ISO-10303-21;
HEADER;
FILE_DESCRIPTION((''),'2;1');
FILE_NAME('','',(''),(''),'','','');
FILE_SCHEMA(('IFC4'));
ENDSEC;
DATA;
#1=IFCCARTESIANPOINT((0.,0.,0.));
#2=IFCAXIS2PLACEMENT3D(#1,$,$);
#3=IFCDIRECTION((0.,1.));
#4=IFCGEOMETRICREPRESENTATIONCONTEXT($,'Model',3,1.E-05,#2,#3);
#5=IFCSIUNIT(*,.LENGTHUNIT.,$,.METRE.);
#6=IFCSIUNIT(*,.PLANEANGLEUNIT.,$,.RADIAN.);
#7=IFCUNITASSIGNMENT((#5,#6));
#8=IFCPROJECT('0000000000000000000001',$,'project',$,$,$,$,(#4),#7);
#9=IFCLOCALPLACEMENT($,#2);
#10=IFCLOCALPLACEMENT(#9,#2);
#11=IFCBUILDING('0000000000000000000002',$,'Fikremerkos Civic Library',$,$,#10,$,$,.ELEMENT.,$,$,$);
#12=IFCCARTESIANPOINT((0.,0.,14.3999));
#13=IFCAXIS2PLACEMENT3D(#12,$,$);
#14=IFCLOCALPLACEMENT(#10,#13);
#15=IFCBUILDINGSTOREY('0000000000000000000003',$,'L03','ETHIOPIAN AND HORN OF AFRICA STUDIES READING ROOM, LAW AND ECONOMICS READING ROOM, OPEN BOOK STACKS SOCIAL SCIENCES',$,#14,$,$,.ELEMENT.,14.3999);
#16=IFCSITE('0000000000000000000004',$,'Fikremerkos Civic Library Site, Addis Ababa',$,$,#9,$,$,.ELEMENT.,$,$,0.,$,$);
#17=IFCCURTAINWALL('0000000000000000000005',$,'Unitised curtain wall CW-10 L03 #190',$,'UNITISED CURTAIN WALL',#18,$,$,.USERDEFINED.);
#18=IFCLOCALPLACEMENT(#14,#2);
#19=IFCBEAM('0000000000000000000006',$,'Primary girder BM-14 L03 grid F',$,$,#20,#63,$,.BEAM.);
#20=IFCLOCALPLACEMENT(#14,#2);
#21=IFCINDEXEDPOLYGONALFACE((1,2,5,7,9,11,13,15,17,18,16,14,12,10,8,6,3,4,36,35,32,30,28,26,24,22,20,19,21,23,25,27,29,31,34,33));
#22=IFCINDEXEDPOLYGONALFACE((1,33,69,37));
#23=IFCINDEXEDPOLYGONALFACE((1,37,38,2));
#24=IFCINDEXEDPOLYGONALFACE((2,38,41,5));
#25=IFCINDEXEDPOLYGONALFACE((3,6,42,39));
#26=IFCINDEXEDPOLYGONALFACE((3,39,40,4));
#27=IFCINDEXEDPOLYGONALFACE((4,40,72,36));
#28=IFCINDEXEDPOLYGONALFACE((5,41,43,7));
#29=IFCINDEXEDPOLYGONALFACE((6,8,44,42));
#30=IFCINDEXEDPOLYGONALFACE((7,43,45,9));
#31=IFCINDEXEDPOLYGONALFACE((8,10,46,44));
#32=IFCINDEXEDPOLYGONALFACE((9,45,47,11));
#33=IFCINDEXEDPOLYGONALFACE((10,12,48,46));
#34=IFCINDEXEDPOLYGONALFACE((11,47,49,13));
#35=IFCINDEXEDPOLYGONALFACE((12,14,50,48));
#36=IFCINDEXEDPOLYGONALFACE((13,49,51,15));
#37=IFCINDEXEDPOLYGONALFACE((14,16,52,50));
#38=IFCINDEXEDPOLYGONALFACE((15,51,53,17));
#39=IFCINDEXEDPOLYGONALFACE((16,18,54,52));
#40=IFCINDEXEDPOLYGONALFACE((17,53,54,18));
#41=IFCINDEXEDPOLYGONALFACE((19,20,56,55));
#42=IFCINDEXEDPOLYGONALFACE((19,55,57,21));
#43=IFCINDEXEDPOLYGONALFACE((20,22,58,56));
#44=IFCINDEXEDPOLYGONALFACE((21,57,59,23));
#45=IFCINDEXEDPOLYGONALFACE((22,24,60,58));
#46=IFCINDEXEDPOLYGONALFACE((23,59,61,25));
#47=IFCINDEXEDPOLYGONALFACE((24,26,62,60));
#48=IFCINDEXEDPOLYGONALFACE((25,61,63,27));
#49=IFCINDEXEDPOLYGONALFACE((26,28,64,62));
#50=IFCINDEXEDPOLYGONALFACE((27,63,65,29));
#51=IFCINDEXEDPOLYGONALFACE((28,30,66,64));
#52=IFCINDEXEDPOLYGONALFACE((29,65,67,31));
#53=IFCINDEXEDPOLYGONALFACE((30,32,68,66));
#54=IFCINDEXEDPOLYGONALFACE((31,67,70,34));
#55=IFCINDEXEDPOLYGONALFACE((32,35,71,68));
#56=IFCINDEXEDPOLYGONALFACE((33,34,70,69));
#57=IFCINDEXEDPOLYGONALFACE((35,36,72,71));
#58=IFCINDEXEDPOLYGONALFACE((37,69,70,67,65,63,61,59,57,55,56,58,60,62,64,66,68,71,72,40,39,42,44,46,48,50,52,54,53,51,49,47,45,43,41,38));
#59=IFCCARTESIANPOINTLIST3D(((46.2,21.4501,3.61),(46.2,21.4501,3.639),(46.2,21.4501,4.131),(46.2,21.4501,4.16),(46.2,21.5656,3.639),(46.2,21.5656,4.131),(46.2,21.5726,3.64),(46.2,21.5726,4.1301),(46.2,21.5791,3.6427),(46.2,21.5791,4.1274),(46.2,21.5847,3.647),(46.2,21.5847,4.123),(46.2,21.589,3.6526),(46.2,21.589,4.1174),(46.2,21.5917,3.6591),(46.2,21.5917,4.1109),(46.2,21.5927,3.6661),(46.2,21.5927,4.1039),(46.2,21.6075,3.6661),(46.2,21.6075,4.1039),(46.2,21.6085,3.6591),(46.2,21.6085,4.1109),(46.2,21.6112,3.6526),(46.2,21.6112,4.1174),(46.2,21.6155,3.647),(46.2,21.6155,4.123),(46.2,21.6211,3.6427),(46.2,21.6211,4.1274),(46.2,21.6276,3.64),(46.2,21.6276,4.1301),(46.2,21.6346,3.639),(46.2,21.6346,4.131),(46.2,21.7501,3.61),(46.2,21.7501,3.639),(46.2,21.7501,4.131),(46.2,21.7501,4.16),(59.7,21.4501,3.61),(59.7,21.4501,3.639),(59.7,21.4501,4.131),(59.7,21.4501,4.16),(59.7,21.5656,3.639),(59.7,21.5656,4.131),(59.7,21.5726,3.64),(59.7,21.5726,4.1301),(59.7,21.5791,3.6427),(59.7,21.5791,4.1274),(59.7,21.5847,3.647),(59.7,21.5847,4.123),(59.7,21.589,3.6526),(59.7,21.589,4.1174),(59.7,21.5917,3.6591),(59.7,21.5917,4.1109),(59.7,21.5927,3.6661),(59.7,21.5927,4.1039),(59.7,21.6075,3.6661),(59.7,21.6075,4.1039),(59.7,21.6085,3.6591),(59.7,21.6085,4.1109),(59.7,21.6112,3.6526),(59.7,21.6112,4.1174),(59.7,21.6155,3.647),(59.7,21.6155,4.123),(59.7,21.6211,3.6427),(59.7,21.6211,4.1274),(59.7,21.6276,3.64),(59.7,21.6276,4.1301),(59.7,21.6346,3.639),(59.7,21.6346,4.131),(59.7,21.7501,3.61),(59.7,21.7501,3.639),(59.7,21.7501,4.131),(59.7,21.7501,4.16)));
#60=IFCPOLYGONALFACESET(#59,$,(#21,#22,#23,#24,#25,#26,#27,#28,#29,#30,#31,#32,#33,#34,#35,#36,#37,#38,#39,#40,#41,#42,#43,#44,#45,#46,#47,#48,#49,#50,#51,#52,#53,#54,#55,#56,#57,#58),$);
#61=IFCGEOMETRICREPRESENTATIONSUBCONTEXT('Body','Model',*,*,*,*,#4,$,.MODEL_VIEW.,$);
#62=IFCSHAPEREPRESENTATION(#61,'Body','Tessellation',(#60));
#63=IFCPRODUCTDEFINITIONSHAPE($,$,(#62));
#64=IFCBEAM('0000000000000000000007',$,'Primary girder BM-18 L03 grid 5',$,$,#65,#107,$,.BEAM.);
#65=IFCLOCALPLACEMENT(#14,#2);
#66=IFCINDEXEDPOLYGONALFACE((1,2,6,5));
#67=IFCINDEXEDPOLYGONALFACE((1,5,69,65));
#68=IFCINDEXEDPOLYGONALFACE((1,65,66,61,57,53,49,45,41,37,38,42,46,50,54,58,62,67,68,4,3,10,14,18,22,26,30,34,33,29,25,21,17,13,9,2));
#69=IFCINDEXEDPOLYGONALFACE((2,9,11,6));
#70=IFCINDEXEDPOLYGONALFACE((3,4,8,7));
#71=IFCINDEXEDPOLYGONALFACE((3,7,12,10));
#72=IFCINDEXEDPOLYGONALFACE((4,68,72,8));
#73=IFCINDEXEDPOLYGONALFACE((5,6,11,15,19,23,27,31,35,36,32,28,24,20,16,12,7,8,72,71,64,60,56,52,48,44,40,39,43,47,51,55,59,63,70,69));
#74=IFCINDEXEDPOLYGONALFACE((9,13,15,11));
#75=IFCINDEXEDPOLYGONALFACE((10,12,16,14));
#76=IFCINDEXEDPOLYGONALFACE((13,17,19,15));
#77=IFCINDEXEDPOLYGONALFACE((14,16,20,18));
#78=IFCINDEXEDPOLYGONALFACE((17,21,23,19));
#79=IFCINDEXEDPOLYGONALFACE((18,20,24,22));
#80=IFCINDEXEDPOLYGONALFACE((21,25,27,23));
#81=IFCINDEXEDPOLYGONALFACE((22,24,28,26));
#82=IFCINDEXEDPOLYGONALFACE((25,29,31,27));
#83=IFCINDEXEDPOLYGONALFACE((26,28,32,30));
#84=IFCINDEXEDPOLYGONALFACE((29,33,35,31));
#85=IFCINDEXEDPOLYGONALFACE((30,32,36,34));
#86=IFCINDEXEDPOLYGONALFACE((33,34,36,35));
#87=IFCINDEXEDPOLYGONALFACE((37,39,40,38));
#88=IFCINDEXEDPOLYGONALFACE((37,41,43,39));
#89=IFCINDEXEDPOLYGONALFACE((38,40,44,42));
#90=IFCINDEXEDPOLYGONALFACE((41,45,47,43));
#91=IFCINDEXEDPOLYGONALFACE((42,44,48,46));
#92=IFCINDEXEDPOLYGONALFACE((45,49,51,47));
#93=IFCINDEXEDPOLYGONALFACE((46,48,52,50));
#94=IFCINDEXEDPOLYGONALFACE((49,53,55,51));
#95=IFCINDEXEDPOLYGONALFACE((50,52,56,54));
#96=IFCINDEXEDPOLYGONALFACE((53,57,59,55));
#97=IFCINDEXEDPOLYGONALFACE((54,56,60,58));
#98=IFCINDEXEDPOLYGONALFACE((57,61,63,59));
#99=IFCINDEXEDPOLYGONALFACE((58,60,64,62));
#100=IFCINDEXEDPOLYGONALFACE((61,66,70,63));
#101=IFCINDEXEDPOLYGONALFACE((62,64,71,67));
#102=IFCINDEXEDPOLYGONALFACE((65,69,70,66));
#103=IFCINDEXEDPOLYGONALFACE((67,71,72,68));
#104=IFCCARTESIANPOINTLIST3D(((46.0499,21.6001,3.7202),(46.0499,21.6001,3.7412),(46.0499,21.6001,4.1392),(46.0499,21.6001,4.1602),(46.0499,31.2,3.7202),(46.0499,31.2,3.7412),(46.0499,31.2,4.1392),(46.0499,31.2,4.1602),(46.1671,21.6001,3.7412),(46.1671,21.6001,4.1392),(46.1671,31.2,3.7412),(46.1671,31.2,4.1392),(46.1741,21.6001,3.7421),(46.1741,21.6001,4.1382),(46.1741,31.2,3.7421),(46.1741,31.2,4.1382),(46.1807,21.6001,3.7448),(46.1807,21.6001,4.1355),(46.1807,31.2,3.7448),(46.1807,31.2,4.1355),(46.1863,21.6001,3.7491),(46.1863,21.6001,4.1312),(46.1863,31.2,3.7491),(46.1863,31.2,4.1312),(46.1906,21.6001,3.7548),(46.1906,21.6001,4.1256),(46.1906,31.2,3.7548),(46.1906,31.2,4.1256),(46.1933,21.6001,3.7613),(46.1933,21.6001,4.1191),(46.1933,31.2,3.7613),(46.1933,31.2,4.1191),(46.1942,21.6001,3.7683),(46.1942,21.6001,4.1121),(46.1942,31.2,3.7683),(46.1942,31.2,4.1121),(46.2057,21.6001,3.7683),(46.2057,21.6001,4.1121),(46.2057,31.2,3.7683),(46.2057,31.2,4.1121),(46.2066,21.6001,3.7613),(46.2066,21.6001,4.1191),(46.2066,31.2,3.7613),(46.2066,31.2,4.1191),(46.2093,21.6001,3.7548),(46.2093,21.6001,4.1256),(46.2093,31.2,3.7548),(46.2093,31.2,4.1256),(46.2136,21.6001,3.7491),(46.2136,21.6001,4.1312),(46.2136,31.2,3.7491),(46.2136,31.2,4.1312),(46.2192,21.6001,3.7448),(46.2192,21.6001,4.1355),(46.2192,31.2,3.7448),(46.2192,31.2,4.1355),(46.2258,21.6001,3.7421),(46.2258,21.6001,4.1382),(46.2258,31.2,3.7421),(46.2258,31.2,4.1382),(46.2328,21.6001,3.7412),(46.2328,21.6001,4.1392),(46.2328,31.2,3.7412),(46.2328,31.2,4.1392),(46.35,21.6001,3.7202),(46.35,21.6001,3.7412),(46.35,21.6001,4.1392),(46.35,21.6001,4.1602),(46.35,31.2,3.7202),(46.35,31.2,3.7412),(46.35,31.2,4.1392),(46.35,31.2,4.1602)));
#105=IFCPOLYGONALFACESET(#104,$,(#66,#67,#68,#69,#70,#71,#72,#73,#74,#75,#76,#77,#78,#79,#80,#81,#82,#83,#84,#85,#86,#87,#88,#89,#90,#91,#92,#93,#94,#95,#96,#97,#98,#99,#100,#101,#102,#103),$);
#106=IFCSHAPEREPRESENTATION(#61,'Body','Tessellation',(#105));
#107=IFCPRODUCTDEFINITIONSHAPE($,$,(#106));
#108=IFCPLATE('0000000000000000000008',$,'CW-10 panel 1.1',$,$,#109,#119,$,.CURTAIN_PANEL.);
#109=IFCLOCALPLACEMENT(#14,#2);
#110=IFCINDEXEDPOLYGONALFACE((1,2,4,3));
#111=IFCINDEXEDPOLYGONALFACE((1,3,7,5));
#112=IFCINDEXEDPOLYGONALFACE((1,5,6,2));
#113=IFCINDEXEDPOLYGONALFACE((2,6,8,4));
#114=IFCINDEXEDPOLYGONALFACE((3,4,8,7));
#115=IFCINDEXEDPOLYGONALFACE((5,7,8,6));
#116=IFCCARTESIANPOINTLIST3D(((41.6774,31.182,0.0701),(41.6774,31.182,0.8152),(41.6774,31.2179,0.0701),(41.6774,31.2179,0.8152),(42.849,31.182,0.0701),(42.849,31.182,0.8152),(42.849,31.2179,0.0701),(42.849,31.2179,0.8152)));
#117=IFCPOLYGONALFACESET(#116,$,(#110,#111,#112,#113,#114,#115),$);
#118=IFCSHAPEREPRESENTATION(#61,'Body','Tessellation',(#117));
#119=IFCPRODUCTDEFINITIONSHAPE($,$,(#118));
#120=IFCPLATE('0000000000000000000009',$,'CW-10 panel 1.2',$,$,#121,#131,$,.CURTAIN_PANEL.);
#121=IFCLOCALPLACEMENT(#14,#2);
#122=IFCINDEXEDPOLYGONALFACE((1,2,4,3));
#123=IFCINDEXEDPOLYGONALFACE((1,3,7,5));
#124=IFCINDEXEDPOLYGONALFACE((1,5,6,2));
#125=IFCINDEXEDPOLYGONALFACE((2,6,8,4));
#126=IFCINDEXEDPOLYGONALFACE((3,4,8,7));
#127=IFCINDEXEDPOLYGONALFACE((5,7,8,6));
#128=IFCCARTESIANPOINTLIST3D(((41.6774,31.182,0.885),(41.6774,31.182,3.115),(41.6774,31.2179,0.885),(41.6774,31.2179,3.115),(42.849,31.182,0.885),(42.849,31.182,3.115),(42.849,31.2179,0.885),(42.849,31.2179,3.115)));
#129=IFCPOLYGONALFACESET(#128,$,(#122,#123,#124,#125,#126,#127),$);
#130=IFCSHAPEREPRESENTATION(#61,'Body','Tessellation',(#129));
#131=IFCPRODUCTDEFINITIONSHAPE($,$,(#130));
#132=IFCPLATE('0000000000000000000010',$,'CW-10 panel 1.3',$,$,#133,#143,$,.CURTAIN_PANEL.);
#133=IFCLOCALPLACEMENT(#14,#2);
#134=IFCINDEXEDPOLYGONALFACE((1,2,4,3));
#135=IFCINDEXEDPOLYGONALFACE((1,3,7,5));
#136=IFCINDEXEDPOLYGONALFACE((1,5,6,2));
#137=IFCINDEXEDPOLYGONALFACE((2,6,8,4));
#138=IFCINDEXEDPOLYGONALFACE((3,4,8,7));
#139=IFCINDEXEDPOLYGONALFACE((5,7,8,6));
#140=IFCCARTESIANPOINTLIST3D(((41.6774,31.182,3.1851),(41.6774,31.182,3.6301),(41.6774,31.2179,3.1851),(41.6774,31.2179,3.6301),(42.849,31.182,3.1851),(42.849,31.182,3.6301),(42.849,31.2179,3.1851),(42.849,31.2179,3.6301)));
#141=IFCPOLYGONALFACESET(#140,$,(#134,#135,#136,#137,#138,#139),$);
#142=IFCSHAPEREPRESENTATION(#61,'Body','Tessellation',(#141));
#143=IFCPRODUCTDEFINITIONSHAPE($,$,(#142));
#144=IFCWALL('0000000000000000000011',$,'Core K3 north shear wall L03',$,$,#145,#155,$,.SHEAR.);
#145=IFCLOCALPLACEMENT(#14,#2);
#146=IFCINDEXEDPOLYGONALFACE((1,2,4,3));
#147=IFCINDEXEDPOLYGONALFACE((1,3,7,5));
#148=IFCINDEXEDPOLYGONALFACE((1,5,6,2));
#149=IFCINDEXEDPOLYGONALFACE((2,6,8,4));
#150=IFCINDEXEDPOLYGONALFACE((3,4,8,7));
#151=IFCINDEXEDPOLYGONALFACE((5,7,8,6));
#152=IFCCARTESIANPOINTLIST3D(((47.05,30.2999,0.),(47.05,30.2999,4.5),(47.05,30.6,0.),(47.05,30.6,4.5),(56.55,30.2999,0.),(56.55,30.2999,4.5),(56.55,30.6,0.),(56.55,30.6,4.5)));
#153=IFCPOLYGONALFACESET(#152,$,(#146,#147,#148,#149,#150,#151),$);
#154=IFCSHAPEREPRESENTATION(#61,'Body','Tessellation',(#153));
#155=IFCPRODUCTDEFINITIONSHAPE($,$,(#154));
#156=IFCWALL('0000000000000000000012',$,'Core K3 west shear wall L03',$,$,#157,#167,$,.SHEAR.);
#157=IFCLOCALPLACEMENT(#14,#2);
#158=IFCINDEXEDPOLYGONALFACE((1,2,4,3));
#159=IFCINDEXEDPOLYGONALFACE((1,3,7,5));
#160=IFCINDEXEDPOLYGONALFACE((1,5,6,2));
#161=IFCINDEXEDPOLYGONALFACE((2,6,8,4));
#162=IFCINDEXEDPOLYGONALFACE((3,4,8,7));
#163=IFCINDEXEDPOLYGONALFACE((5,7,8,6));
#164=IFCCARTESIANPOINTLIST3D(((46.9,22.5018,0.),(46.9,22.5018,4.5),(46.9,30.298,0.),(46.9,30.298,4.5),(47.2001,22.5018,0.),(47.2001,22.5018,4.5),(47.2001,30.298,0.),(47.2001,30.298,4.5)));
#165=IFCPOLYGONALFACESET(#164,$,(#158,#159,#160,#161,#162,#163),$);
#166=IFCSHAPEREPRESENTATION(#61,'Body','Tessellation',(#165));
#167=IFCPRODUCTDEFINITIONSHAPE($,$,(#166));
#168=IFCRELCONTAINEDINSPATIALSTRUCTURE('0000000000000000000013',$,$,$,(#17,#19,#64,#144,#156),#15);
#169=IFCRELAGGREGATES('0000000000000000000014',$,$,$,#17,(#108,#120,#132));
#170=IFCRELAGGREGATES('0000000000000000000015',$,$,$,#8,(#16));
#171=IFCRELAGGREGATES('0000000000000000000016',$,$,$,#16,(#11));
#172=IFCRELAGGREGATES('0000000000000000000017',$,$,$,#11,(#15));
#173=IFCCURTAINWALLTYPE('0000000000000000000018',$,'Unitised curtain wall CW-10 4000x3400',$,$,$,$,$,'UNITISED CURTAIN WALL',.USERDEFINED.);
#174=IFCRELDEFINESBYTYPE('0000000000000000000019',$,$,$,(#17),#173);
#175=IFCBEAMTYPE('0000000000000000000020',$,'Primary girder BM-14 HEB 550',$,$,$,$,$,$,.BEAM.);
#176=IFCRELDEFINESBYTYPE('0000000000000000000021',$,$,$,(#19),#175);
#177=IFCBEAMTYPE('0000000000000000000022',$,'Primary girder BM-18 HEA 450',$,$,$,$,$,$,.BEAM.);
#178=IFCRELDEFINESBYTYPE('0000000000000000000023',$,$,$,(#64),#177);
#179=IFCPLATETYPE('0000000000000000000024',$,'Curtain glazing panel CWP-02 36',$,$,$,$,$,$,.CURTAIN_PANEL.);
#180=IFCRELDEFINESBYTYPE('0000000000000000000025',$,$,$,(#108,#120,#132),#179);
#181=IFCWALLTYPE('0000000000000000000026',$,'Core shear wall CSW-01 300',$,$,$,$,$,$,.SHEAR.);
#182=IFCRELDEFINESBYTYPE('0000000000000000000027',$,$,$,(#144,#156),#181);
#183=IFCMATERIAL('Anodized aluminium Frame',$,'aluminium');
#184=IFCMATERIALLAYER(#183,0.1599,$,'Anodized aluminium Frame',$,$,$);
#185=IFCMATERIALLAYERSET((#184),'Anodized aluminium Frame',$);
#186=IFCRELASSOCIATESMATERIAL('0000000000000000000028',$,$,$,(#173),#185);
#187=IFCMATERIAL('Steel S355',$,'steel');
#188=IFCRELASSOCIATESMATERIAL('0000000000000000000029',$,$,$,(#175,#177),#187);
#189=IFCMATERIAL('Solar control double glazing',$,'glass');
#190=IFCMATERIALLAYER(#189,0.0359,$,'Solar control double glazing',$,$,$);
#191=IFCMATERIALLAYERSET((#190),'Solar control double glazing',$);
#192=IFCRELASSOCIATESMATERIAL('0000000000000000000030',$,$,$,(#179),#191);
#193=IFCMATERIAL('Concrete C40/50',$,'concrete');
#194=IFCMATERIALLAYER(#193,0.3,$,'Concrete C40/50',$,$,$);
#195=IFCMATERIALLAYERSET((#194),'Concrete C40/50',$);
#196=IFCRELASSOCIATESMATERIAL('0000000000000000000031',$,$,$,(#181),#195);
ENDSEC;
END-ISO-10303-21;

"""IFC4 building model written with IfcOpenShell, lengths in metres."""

from ifc_helpers import new_model, si_unit, direction, frame, frame_2d, origin, origin_2d, place, context, subcontext, project, spatial, rectangle, i_section, extrude, material, layer, layer_set, material_profile, profile_set, type_object, element, aggregate, save


model = new_model("IFC4")

# Units and contexts
model_context = context("Model", 3, precision=1e-05, world=origin(), true_north=direction((0.0, 1.0)))
body_context = subcontext(model_context, "Body", "Model", "MODEL_VIEW")
ifc_project = project(units=[si_unit("LENGTHUNIT", "METRE"), si_unit("PLANEANGLEUNIT", "RADIAN")], contexts=[model_context])

# Site, building, storey
site_placement = place(None, origin())
site = spatial("IfcSite", under=ifc_project, at=site_placement, Name="Fikremerkos Civic Library Site, Addis Ababa", CompositionType="ELEMENT", RefElevation=0.0)
building_placement = place(site_placement, origin())
building = spatial("IfcBuilding", under=site, at=building_placement, Name="Fikremerkos Civic Library", CompositionType="ELEMENT")
storey_placement = place(building_placement, frame((0.0, 0.0, 14.3999)))
storey = spatial("IfcBuildingStorey", under=building, at=storey_placement, Name="L03", Description="ETHIOPIAN AND HORN OF AFRICA STUDIES READING ROOM, LAW AND ECONOMICS READING ROOM, OPEN BOOK STACKS SOCIAL SCIENCES", CompositionType="ELEMENT", Elevation=14.3999)

# Shared definitions
ifc_material_1 = material(Name="Steel S355", Category="steel")

# Curtain wall
ifc_material_2 = material(Name="Anodized aluminium Frame", Category="aluminium")
ifc_layer_1 = layer(ifc_material_2, 0.1599, Name="Anodized aluminium Frame")
ifc_layer_set_1 = layer_set([ifc_layer_1], Name="Anodized aluminium Frame")
curtain_wall_type = type_object("IfcCurtainWallType", Name="Unitised curtain wall CW-10 4000x3400", ElementType="UNITISED CURTAIN WALL", PredefinedType="USERDEFINED", material=ifc_layer_set_1)
curtain_wall_placement = place(storey_placement, origin())
curtain_wall = element("IfcCurtainWall", 1, at=curtain_wall_placement, inside=storey, type_object=curtain_wall_type, Name="Unitised curtain wall CW-10 L03 #190", ObjectType="UNITISED CURTAIN WALL", PredefinedType="USERDEFINED")

# Beams
ifc_material_profile_1 = material_profile(ifc_material_1, i_section(OverallWidth=0.3, OverallDepth=0.55, WebThickness=0.0149, FlangeThickness=0.0291, FilletRadius=0.0271, at=origin_2d()), Name="HEB 550")
ifc_profile_set_1 = profile_set([ifc_material_profile_1], Name="Steel S355")
beam_type_1 = type_object("IfcBeamType", Name="Primary girder BM-14 HEB 550", PredefinedType="BEAM", material=ifc_profile_set_1)
beam_1_placement = place(storey_placement, frame((46.2, 21.6001, 3.885), z_axis=(1.0, 0.0, 0.0), x_axis=(0.0, 1.0, 0.0)))
element("IfcBeam", 2, at=beam_1_placement, inside=storey, type_object=beam_type_1, Name="Primary girder BM-14 L03 grid F", PredefinedType="BEAM", context=body_context, shape_type="SweptSolid", body=[
    extrude(i_section(OverallWidth=0.3, OverallDepth=0.55, WebThickness=0.0149, FlangeThickness=0.0291, FilletRadius=0.0271, at=origin_2d()), origin(), (0.0, 0.0, 1.0), 13.5),
])
ifc_material_profile_2 = material_profile(ifc_material_1, i_section(OverallWidth=0.3, OverallDepth=0.4399, WebThickness=0.0115, FlangeThickness=0.021, FilletRadius=0.0271, at=origin_2d()), Name="HEA 450")
ifc_profile_set_2 = profile_set([ifc_material_profile_2], Name="Steel S355")
beam_type_2 = type_object("IfcBeamType", Name="Primary girder BM-18 HEA 450", PredefinedType="BEAM", material=ifc_profile_set_2)
beam_2_placement = place(storey_placement, frame((46.2, 21.6001, 3.9402), z_axis=(0.0, 1.0, 0.0), x_axis=(-1.0, 0.0, 0.0)))
element("IfcBeam", 3, at=beam_2_placement, inside=storey, type_object=beam_type_2, Name="Primary girder BM-18 L03 grid 5", PredefinedType="BEAM", context=body_context, shape_type="SweptSolid", body=[
    extrude(i_section(OverallWidth=0.3, OverallDepth=0.4399, WebThickness=0.0115, FlangeThickness=0.021, FilletRadius=0.0271, at=origin_2d()), origin(), (0.0, 0.0, 1.0), 9.5999),
])

# Plates
ifc_material_3 = material(Name="Solar control double glazing", Category="glass")
ifc_layer_2 = layer(ifc_material_3, 0.0359, Name="Solar control double glazing")
ifc_layer_set_2 = layer_set([ifc_layer_2], Name="Solar control double glazing")
plate_type = type_object("IfcPlateType", Name="Curtain glazing panel CWP-02 36", PredefinedType="CURTAIN_PANEL", material=ifc_layer_set_2)
plate_1_placement = place(storey_placement, frame((42.2632, 31.2, 0.0701), z_axis=(0.0, 0.0, 1.0), x_axis=(1.0, 0.0, 0.0)))
plate_1 = element("IfcPlate", 4, at=plate_1_placement, type_object=plate_type, Name="CW-10 panel 1.1", PredefinedType="CURTAIN_PANEL", context=body_context, shape_type="SweptSolid", body=[
    extrude(rectangle(XDim=1.1716, YDim=0.0359, at=origin_2d()), origin(), (0.0, 0.0, 1.0), 0.7451),
])
plate_2_placement = place(storey_placement, frame((42.2632, 31.2, 0.885), z_axis=(0.0, 0.0, 1.0), x_axis=(1.0, 0.0, 0.0)))
plate_2 = element("IfcPlate", 5, at=plate_2_placement, type_object=plate_type, Name="CW-10 panel 1.2", PredefinedType="CURTAIN_PANEL", context=body_context, shape_type="SweptSolid", body=[
    extrude(rectangle(XDim=1.1716, YDim=0.0359, at=origin_2d()), origin(), (0.0, 0.0, 1.0), 2.23),
])
plate_3_placement = place(storey_placement, frame((42.2632, 31.2, 3.1851), z_axis=(0.0, 0.0, 1.0), x_axis=(1.0, 0.0, 0.0)))
plate_3 = element("IfcPlate", 6, at=plate_3_placement, type_object=plate_type, Name="CW-10 panel 1.3", PredefinedType="CURTAIN_PANEL", context=body_context, shape_type="SweptSolid", body=[
    extrude(rectangle(XDim=1.1716, YDim=0.0359, at=origin_2d()), origin(), (0.0, 0.0, 1.0), 0.4451),
])
aggregate(curtain_wall, [plate_1, plate_2, plate_3])

# Walls
ifc_material_4 = material(Name="Concrete C40/50", Category="concrete")
ifc_layer_3 = layer(ifc_material_4, 0.3, Name="Concrete C40/50")
ifc_layer_set_3 = layer_set([ifc_layer_3], Name="Concrete C40/50")
wall_type_1 = type_object("IfcWallType", Name="Core shear wall CSW-01 300", PredefinedType="SHEAR", material=ifc_layer_set_3)
wall_1_placement = place(storey_placement, frame((47.05, 30.45, 0.0), z_axis=(0.0, 0.0, 1.0), x_axis=(1.0, 0.0, 0.0)))
element("IfcWall", 7, at=wall_1_placement, inside=storey, type_object=wall_type_1, Name="Core K3 north shear wall L03", PredefinedType="SHEAR", context=body_context, shape_type="SweptSolid", body=[
    extrude(rectangle(XDim=9.5, YDim=0.3, at=frame_2d((4.75, 0.0))), origin(), (0.0, 0.0, 1.0), 4.5),
])
wall_2_placement = place(storey_placement, frame((47.05, 22.502, 0.0), z_axis=(0.0, 0.0, 1.0), x_axis=(0.0, 1.0, 0.0)))
element("IfcWall", 8, at=wall_2_placement, inside=storey, type_object=wall_type_1, Name="Core K3 west shear wall L03", PredefinedType="SHEAR", context=body_context, shape_type="SweptSolid", body=[
    extrude(rectangle(XDim=7.7961, YDim=0.3, at=frame_2d((3.8979, 0.0))), origin(), (0.0, 0.0, 1.0), 4.5),
])

save(model, "model.ifc")
